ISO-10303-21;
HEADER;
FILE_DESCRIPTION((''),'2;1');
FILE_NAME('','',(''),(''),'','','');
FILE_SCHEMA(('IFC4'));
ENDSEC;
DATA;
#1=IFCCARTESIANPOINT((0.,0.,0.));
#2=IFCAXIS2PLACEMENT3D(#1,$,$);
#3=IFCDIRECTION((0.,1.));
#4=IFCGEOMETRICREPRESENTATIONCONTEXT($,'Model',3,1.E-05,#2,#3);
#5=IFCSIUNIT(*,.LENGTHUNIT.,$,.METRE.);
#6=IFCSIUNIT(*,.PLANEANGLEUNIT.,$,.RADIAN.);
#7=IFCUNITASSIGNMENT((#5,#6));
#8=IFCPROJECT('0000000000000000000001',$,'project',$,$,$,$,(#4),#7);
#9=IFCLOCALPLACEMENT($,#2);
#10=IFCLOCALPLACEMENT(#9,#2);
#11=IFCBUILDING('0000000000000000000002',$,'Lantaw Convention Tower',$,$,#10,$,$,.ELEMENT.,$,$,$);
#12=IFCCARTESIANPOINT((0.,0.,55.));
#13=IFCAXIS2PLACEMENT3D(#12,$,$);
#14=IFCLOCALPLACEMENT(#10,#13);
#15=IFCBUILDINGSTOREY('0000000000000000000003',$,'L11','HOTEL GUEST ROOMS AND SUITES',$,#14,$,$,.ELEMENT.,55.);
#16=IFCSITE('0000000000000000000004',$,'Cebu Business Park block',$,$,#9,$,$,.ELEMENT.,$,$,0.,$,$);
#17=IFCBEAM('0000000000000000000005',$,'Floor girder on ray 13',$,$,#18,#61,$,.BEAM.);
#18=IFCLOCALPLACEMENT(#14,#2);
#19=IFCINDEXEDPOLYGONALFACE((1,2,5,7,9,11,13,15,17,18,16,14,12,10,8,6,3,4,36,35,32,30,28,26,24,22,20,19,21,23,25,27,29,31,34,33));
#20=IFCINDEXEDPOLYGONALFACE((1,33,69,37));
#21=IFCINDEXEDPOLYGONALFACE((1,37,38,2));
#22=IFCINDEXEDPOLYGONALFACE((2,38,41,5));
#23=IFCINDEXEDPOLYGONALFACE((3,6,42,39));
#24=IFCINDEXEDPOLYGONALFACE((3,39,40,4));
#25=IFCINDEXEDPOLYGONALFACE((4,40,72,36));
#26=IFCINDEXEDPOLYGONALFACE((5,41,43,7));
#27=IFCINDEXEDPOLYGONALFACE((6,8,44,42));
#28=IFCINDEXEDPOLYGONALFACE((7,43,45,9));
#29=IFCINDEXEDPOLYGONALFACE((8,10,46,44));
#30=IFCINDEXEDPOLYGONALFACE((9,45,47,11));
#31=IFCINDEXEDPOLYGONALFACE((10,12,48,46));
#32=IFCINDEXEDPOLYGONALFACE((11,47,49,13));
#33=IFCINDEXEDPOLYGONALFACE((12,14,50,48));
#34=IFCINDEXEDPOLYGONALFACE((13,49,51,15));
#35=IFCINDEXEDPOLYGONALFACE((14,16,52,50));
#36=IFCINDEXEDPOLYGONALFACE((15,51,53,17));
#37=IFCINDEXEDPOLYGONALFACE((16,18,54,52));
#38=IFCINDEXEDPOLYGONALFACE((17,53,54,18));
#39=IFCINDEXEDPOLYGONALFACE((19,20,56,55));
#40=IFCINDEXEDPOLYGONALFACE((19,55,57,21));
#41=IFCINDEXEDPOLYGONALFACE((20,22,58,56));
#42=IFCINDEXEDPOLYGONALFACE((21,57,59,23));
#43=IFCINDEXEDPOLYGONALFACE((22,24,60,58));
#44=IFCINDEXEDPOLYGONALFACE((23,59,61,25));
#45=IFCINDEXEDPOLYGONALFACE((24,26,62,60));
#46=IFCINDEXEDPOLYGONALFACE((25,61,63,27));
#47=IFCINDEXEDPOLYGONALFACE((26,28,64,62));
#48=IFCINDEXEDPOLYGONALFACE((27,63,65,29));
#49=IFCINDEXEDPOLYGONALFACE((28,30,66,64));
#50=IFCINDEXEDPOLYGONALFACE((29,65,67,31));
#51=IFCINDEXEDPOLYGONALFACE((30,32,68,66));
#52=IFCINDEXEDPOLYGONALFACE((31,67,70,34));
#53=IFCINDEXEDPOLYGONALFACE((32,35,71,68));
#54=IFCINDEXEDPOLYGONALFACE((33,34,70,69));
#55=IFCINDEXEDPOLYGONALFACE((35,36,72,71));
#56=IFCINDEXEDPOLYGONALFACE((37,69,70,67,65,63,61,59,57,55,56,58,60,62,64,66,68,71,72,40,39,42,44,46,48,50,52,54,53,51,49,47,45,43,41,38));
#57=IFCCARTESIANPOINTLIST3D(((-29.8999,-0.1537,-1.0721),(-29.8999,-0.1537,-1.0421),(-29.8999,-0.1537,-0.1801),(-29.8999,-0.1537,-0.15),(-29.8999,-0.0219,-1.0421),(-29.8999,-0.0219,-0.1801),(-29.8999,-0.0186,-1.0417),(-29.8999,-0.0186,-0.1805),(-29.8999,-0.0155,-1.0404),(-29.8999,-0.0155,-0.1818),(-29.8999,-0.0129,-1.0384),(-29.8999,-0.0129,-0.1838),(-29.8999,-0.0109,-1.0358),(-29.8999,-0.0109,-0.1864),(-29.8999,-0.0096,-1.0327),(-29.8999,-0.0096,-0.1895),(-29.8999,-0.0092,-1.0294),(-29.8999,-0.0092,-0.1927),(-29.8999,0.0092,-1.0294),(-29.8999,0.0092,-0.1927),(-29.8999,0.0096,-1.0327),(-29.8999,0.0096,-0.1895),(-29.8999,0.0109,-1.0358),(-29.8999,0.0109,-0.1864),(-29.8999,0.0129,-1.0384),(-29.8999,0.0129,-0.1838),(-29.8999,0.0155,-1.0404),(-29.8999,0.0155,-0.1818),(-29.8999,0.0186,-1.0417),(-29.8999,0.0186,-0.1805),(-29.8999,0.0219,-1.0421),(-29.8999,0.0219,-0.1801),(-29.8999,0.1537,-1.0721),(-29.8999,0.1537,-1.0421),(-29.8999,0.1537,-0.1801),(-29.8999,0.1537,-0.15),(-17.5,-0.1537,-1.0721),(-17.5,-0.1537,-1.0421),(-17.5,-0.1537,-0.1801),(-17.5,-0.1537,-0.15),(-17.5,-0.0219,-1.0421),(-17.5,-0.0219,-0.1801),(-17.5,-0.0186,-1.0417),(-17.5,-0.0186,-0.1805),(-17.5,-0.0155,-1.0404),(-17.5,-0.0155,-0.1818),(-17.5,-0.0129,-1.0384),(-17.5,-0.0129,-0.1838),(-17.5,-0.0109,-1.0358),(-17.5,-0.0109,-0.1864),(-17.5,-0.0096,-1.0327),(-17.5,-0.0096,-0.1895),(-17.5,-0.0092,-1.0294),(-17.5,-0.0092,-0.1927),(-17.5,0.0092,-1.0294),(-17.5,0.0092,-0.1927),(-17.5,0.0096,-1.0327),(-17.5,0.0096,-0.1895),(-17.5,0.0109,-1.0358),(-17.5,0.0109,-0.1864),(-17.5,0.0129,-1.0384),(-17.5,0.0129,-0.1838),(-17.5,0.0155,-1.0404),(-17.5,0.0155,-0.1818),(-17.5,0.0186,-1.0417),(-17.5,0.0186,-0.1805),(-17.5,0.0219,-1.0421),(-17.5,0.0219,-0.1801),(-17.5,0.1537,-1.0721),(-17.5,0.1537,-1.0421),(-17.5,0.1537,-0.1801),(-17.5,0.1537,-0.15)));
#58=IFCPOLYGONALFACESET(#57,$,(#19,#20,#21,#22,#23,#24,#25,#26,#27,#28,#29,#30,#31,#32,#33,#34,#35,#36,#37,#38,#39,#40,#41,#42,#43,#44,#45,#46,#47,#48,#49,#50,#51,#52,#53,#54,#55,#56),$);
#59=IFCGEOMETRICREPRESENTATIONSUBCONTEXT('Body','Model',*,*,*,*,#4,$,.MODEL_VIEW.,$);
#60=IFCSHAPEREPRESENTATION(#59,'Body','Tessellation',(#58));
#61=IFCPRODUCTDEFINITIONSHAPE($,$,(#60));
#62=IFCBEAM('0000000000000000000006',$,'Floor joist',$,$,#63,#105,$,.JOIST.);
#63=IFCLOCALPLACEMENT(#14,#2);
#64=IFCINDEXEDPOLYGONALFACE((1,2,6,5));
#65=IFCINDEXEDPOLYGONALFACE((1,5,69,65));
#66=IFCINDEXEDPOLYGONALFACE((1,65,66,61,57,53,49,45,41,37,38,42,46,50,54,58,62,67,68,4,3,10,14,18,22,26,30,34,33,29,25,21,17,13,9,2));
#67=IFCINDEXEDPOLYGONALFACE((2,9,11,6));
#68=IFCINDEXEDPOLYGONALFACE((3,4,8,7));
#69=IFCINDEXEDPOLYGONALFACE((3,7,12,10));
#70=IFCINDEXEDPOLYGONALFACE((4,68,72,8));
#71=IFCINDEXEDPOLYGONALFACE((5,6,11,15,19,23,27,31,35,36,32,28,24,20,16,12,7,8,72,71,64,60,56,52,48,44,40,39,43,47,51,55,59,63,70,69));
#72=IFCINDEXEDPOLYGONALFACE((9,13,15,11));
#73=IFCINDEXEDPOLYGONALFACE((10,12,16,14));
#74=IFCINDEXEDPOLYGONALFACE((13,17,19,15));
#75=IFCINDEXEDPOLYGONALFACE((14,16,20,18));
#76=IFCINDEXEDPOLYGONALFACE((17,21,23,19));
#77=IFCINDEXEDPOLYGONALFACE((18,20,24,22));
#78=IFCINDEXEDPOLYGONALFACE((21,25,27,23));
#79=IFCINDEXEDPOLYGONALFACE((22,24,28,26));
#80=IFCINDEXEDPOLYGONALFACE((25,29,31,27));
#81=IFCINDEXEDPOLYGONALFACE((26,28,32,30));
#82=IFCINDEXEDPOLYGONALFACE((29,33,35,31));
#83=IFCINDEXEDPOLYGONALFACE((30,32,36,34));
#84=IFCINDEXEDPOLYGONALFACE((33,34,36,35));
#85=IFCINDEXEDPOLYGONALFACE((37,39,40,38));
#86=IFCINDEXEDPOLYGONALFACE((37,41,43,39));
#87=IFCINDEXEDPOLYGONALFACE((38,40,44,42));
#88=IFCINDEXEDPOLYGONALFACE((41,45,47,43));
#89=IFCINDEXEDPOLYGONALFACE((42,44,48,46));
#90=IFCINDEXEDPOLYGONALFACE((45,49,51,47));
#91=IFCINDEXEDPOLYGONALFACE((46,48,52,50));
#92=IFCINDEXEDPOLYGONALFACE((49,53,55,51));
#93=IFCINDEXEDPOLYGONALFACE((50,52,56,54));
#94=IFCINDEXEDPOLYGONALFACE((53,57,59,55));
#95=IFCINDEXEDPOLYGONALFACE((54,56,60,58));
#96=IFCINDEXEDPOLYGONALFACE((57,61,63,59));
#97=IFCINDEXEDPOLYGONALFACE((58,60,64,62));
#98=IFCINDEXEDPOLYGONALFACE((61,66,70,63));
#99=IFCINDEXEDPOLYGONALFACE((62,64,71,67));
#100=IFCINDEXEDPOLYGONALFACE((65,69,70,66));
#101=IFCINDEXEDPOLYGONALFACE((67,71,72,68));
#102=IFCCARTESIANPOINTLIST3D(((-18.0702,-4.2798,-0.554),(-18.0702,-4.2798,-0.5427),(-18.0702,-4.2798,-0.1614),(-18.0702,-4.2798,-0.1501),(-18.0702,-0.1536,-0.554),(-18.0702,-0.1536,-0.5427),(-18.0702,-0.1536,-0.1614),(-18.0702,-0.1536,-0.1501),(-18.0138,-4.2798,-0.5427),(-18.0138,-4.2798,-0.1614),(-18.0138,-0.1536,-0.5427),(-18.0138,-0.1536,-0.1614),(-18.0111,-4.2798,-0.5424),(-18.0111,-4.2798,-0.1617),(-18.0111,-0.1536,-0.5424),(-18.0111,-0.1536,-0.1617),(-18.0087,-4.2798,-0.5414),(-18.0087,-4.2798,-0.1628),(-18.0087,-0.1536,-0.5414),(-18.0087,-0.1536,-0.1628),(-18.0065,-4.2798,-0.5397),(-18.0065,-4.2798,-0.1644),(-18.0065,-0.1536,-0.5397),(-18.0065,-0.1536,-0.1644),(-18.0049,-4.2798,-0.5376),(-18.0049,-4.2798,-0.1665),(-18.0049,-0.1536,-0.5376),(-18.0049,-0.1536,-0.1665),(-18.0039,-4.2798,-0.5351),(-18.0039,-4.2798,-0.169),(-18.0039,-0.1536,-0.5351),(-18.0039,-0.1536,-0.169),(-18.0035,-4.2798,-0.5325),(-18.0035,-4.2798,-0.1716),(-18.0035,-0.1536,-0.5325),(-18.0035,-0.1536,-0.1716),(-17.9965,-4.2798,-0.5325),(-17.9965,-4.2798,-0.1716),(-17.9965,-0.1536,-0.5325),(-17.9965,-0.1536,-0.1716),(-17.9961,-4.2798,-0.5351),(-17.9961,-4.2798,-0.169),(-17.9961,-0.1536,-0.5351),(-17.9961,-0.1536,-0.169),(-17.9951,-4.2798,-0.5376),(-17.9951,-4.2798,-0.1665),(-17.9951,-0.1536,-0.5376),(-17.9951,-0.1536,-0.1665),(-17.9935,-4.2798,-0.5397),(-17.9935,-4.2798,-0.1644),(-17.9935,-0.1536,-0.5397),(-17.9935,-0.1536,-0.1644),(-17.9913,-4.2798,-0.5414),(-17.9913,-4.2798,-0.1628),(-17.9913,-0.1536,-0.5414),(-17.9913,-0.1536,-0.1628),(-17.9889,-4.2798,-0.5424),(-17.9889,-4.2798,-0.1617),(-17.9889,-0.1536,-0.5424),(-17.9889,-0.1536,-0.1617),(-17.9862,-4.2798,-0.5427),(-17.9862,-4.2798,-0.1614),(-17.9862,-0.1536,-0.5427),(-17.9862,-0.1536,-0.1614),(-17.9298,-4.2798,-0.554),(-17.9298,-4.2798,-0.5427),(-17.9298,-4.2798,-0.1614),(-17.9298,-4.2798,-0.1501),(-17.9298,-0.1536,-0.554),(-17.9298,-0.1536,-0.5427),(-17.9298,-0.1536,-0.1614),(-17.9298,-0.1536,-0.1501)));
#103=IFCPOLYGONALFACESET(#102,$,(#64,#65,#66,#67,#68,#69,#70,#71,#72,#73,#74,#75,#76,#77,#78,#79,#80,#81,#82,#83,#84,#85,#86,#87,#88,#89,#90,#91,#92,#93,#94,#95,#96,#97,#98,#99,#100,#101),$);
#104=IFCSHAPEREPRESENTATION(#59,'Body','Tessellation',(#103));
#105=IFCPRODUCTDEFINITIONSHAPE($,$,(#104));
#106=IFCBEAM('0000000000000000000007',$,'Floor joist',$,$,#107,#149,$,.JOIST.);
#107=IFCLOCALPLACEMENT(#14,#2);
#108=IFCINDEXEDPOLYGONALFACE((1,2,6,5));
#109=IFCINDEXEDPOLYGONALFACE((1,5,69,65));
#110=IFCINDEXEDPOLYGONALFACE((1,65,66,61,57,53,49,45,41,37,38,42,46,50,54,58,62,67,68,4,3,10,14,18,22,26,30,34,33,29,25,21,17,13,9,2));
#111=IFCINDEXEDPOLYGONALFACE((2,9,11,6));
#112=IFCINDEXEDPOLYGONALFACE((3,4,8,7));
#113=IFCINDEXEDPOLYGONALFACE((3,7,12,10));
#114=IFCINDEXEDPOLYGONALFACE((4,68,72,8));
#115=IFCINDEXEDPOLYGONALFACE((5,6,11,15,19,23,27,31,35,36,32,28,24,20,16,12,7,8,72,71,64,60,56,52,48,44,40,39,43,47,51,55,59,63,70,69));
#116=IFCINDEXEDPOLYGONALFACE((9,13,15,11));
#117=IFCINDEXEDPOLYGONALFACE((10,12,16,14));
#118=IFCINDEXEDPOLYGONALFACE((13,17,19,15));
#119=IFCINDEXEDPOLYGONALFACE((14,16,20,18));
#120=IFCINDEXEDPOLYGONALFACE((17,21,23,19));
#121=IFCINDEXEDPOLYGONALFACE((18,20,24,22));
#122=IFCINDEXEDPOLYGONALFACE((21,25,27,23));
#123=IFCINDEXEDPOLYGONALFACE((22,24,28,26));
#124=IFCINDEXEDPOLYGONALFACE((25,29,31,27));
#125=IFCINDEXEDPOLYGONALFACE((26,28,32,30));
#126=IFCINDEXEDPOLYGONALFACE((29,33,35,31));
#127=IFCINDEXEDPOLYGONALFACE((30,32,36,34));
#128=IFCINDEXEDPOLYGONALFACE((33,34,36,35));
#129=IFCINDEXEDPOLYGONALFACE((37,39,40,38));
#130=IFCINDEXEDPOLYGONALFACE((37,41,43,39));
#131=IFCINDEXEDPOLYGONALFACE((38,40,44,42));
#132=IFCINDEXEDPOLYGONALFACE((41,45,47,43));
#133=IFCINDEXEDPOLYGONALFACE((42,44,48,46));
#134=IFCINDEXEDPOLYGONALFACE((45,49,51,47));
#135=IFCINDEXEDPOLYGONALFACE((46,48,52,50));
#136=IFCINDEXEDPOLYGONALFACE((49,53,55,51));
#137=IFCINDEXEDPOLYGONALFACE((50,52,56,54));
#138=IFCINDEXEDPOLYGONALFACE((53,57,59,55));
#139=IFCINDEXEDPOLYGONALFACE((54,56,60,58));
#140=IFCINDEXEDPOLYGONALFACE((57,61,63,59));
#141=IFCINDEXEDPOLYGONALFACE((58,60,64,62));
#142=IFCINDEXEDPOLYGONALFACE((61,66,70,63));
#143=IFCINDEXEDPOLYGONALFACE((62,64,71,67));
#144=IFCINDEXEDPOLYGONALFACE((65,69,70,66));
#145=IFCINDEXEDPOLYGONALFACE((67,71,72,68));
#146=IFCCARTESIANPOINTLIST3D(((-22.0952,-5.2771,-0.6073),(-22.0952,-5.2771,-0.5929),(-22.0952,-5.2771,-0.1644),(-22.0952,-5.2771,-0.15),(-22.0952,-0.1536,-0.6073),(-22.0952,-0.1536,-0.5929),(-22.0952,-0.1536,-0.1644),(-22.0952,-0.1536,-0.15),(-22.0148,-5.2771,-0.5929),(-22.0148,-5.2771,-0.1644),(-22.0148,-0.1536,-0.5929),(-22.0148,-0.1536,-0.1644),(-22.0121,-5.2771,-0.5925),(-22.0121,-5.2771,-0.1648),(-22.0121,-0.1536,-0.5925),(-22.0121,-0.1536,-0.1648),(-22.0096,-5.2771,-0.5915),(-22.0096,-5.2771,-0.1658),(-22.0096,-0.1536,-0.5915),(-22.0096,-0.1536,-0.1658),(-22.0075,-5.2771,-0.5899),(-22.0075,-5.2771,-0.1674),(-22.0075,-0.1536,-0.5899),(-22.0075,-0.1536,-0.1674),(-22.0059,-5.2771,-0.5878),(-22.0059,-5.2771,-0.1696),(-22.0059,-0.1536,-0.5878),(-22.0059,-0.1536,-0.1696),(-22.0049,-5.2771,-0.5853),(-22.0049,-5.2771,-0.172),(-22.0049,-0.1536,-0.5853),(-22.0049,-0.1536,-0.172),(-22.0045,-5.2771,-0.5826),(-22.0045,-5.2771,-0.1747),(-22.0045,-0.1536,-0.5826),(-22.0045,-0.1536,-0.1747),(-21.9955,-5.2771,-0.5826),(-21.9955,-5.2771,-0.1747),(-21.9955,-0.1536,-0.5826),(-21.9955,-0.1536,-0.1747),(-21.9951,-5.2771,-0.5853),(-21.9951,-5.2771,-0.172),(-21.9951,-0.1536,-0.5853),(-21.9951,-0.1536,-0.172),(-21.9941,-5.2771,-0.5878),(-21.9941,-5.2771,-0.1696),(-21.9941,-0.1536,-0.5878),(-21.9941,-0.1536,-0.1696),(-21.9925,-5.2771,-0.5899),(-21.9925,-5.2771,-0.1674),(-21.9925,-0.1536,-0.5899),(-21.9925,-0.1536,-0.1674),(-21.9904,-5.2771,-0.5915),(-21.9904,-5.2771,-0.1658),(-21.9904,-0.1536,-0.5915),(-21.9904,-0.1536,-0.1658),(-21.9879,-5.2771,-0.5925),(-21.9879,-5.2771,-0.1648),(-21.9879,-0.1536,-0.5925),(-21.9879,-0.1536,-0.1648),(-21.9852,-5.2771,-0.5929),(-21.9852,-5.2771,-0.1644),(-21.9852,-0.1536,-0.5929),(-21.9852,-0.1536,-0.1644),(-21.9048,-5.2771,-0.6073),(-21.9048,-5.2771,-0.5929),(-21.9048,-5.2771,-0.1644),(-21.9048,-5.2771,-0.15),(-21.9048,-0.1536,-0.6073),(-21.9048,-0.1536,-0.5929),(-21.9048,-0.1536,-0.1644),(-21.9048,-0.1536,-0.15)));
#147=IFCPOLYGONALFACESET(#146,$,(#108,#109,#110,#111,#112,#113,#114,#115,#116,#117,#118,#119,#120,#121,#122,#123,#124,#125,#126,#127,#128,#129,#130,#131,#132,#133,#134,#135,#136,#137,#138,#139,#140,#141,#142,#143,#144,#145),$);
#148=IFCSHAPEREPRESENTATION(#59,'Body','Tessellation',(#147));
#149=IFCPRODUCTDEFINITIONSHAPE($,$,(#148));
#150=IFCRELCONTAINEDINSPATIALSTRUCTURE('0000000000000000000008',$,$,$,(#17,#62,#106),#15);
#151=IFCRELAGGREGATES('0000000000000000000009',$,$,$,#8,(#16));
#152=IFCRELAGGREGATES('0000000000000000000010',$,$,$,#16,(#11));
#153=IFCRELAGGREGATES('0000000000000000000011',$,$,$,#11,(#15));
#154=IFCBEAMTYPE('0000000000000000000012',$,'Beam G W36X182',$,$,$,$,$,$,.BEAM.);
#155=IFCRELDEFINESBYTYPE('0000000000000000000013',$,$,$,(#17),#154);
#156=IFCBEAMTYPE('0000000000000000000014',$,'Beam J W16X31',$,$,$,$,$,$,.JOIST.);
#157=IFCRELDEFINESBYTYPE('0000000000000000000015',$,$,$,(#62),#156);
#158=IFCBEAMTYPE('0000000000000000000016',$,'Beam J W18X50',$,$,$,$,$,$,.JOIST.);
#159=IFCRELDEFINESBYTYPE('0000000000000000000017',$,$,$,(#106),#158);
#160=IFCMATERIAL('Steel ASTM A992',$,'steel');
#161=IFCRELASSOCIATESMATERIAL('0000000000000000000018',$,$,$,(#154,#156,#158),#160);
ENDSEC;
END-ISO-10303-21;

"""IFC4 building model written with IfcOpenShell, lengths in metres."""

from ifc_helpers import new_model, si_unit, direction, frame, origin, origin_2d, place, context, subcontext, project, spatial, i_section, extrude, material, material_profile, profile_set, type_object, element, save


model = new_model("IFC4")

# Units and contexts
model_context = context("Model", 3, precision=1e-05, world=origin(), true_north=direction((0.0, 1.0)))
body_context = subcontext(model_context, "Body", "Model", "MODEL_VIEW")
ifc_project = project(units=[si_unit("LENGTHUNIT", "METRE"), si_unit("PLANEANGLEUNIT", "RADIAN")], contexts=[model_context])

# Site, building, storey
site_placement = place(None, origin())
site = spatial("IfcSite", under=ifc_project, at=site_placement, Name="Cebu Business Park block", CompositionType="ELEMENT", RefElevation=0.0)
building_placement = place(site_placement, origin())
building = spatial("IfcBuilding", under=site, at=building_placement, Name="Lantaw Convention Tower", CompositionType="ELEMENT")
storey_placement = place(building_placement, frame((0.0, 0.0, 55.0)))
storey = spatial("IfcBuildingStorey", under=building, at=storey_placement, Name="L11", Description="HOTEL GUEST ROOMS AND SUITES", CompositionType="ELEMENT", Elevation=55.0)

# Beams
ifc_material_1 = material(Name="Steel ASTM A992", Category="steel")
ifc_material_profile_1 = material_profile(ifc_material_1, i_section(OverallWidth=0.3074, OverallDepth=0.9221, WebThickness=0.0183, FlangeThickness=0.03, FilletRadius=0.0127, at=origin_2d()), Name="W36X182")
ifc_profile_set_1 = profile_set([ifc_material_profile_1], Name="Steel ASTM A992")
beam_type_1 = type_object("IfcBeamType", Name="Beam G W36X182", PredefinedType="BEAM", material=ifc_profile_set_1)
beam_1_placement = place(storey_placement, frame((-17.5, 0.0, -0.6111), z_axis=(-1.0, 0.0, 0.0), x_axis=(0.0, -1.0, 0.0)))
element("IfcBeam", 1, at=beam_1_placement, inside=storey, type_object=beam_type_1, Name="Floor girder on ray 13", PredefinedType="BEAM", context=body_context, shape_type="SweptSolid", body=[
    extrude(i_section(OverallWidth=0.3074, OverallDepth=0.9221, WebThickness=0.0183, FlangeThickness=0.03, FilletRadius=0.0127, at=origin_2d()), origin(), (0.0, 0.0, 1.0), 12.3999),
])
ifc_material_profile_2 = material_profile(ifc_material_1, i_section(OverallWidth=0.1404, OverallDepth=0.4038, WebThickness=0.0071, FlangeThickness=0.0112, FilletRadius=0.0103, at=origin_2d()), Name="W16X31")
ifc_profile_set_2 = profile_set([ifc_material_profile_2], Name="Steel ASTM A992")
beam_type_2 = type_object("IfcBeamType", Name="Beam J W16X31", PredefinedType="JOIST", material=ifc_profile_set_2)
beam_2_placement = place(storey_placement, frame((-18.0, -4.2798, -0.3521), z_axis=(0.0, 1.0, 0.0), x_axis=(-1.0, 0.0, 0.0)))
element("IfcBeam", 2, at=beam_2_placement, inside=storey, type_object=beam_type_2, Name="Floor joist", PredefinedType="JOIST", context=body_context, shape_type="SweptSolid", body=[
    extrude(i_section(OverallWidth=0.1404, OverallDepth=0.4038, WebThickness=0.0071, FlangeThickness=0.0112, FilletRadius=0.0103, at=origin_2d()), origin(), (0.0, 0.0, 1.0), 4.1262),
])
ifc_material_profile_3 = material_profile(ifc_material_1, i_section(OverallWidth=0.1904, OverallDepth=0.4573, WebThickness=0.009, FlangeThickness=0.0144, FilletRadius=0.0103, at=origin_2d()), Name="W18X50")
ifc_profile_set_3 = profile_set([ifc_material_profile_3], Name="Steel ASTM A992")
beam_type_3 = type_object("IfcBeamType", Name="Beam J W18X50", PredefinedType="JOIST", material=ifc_profile_set_3)
beam_3_placement = place(storey_placement, frame((-22.0, -5.2771, -0.3787), z_axis=(0.0, 1.0, 0.0), x_axis=(-1.0, 0.0, 0.0)))
element("IfcBeam", 3, at=beam_3_placement, inside=storey, type_object=beam_type_3, Name="Floor joist", PredefinedType="JOIST", context=body_context, shape_type="SweptSolid", body=[
    extrude(i_section(OverallWidth=0.1904, OverallDepth=0.4573, WebThickness=0.009, FlangeThickness=0.0144, FilletRadius=0.0103, at=origin_2d()), origin(), (0.0, 0.0, 1.0), 5.1235),
])

save(model, "model.ifc")
